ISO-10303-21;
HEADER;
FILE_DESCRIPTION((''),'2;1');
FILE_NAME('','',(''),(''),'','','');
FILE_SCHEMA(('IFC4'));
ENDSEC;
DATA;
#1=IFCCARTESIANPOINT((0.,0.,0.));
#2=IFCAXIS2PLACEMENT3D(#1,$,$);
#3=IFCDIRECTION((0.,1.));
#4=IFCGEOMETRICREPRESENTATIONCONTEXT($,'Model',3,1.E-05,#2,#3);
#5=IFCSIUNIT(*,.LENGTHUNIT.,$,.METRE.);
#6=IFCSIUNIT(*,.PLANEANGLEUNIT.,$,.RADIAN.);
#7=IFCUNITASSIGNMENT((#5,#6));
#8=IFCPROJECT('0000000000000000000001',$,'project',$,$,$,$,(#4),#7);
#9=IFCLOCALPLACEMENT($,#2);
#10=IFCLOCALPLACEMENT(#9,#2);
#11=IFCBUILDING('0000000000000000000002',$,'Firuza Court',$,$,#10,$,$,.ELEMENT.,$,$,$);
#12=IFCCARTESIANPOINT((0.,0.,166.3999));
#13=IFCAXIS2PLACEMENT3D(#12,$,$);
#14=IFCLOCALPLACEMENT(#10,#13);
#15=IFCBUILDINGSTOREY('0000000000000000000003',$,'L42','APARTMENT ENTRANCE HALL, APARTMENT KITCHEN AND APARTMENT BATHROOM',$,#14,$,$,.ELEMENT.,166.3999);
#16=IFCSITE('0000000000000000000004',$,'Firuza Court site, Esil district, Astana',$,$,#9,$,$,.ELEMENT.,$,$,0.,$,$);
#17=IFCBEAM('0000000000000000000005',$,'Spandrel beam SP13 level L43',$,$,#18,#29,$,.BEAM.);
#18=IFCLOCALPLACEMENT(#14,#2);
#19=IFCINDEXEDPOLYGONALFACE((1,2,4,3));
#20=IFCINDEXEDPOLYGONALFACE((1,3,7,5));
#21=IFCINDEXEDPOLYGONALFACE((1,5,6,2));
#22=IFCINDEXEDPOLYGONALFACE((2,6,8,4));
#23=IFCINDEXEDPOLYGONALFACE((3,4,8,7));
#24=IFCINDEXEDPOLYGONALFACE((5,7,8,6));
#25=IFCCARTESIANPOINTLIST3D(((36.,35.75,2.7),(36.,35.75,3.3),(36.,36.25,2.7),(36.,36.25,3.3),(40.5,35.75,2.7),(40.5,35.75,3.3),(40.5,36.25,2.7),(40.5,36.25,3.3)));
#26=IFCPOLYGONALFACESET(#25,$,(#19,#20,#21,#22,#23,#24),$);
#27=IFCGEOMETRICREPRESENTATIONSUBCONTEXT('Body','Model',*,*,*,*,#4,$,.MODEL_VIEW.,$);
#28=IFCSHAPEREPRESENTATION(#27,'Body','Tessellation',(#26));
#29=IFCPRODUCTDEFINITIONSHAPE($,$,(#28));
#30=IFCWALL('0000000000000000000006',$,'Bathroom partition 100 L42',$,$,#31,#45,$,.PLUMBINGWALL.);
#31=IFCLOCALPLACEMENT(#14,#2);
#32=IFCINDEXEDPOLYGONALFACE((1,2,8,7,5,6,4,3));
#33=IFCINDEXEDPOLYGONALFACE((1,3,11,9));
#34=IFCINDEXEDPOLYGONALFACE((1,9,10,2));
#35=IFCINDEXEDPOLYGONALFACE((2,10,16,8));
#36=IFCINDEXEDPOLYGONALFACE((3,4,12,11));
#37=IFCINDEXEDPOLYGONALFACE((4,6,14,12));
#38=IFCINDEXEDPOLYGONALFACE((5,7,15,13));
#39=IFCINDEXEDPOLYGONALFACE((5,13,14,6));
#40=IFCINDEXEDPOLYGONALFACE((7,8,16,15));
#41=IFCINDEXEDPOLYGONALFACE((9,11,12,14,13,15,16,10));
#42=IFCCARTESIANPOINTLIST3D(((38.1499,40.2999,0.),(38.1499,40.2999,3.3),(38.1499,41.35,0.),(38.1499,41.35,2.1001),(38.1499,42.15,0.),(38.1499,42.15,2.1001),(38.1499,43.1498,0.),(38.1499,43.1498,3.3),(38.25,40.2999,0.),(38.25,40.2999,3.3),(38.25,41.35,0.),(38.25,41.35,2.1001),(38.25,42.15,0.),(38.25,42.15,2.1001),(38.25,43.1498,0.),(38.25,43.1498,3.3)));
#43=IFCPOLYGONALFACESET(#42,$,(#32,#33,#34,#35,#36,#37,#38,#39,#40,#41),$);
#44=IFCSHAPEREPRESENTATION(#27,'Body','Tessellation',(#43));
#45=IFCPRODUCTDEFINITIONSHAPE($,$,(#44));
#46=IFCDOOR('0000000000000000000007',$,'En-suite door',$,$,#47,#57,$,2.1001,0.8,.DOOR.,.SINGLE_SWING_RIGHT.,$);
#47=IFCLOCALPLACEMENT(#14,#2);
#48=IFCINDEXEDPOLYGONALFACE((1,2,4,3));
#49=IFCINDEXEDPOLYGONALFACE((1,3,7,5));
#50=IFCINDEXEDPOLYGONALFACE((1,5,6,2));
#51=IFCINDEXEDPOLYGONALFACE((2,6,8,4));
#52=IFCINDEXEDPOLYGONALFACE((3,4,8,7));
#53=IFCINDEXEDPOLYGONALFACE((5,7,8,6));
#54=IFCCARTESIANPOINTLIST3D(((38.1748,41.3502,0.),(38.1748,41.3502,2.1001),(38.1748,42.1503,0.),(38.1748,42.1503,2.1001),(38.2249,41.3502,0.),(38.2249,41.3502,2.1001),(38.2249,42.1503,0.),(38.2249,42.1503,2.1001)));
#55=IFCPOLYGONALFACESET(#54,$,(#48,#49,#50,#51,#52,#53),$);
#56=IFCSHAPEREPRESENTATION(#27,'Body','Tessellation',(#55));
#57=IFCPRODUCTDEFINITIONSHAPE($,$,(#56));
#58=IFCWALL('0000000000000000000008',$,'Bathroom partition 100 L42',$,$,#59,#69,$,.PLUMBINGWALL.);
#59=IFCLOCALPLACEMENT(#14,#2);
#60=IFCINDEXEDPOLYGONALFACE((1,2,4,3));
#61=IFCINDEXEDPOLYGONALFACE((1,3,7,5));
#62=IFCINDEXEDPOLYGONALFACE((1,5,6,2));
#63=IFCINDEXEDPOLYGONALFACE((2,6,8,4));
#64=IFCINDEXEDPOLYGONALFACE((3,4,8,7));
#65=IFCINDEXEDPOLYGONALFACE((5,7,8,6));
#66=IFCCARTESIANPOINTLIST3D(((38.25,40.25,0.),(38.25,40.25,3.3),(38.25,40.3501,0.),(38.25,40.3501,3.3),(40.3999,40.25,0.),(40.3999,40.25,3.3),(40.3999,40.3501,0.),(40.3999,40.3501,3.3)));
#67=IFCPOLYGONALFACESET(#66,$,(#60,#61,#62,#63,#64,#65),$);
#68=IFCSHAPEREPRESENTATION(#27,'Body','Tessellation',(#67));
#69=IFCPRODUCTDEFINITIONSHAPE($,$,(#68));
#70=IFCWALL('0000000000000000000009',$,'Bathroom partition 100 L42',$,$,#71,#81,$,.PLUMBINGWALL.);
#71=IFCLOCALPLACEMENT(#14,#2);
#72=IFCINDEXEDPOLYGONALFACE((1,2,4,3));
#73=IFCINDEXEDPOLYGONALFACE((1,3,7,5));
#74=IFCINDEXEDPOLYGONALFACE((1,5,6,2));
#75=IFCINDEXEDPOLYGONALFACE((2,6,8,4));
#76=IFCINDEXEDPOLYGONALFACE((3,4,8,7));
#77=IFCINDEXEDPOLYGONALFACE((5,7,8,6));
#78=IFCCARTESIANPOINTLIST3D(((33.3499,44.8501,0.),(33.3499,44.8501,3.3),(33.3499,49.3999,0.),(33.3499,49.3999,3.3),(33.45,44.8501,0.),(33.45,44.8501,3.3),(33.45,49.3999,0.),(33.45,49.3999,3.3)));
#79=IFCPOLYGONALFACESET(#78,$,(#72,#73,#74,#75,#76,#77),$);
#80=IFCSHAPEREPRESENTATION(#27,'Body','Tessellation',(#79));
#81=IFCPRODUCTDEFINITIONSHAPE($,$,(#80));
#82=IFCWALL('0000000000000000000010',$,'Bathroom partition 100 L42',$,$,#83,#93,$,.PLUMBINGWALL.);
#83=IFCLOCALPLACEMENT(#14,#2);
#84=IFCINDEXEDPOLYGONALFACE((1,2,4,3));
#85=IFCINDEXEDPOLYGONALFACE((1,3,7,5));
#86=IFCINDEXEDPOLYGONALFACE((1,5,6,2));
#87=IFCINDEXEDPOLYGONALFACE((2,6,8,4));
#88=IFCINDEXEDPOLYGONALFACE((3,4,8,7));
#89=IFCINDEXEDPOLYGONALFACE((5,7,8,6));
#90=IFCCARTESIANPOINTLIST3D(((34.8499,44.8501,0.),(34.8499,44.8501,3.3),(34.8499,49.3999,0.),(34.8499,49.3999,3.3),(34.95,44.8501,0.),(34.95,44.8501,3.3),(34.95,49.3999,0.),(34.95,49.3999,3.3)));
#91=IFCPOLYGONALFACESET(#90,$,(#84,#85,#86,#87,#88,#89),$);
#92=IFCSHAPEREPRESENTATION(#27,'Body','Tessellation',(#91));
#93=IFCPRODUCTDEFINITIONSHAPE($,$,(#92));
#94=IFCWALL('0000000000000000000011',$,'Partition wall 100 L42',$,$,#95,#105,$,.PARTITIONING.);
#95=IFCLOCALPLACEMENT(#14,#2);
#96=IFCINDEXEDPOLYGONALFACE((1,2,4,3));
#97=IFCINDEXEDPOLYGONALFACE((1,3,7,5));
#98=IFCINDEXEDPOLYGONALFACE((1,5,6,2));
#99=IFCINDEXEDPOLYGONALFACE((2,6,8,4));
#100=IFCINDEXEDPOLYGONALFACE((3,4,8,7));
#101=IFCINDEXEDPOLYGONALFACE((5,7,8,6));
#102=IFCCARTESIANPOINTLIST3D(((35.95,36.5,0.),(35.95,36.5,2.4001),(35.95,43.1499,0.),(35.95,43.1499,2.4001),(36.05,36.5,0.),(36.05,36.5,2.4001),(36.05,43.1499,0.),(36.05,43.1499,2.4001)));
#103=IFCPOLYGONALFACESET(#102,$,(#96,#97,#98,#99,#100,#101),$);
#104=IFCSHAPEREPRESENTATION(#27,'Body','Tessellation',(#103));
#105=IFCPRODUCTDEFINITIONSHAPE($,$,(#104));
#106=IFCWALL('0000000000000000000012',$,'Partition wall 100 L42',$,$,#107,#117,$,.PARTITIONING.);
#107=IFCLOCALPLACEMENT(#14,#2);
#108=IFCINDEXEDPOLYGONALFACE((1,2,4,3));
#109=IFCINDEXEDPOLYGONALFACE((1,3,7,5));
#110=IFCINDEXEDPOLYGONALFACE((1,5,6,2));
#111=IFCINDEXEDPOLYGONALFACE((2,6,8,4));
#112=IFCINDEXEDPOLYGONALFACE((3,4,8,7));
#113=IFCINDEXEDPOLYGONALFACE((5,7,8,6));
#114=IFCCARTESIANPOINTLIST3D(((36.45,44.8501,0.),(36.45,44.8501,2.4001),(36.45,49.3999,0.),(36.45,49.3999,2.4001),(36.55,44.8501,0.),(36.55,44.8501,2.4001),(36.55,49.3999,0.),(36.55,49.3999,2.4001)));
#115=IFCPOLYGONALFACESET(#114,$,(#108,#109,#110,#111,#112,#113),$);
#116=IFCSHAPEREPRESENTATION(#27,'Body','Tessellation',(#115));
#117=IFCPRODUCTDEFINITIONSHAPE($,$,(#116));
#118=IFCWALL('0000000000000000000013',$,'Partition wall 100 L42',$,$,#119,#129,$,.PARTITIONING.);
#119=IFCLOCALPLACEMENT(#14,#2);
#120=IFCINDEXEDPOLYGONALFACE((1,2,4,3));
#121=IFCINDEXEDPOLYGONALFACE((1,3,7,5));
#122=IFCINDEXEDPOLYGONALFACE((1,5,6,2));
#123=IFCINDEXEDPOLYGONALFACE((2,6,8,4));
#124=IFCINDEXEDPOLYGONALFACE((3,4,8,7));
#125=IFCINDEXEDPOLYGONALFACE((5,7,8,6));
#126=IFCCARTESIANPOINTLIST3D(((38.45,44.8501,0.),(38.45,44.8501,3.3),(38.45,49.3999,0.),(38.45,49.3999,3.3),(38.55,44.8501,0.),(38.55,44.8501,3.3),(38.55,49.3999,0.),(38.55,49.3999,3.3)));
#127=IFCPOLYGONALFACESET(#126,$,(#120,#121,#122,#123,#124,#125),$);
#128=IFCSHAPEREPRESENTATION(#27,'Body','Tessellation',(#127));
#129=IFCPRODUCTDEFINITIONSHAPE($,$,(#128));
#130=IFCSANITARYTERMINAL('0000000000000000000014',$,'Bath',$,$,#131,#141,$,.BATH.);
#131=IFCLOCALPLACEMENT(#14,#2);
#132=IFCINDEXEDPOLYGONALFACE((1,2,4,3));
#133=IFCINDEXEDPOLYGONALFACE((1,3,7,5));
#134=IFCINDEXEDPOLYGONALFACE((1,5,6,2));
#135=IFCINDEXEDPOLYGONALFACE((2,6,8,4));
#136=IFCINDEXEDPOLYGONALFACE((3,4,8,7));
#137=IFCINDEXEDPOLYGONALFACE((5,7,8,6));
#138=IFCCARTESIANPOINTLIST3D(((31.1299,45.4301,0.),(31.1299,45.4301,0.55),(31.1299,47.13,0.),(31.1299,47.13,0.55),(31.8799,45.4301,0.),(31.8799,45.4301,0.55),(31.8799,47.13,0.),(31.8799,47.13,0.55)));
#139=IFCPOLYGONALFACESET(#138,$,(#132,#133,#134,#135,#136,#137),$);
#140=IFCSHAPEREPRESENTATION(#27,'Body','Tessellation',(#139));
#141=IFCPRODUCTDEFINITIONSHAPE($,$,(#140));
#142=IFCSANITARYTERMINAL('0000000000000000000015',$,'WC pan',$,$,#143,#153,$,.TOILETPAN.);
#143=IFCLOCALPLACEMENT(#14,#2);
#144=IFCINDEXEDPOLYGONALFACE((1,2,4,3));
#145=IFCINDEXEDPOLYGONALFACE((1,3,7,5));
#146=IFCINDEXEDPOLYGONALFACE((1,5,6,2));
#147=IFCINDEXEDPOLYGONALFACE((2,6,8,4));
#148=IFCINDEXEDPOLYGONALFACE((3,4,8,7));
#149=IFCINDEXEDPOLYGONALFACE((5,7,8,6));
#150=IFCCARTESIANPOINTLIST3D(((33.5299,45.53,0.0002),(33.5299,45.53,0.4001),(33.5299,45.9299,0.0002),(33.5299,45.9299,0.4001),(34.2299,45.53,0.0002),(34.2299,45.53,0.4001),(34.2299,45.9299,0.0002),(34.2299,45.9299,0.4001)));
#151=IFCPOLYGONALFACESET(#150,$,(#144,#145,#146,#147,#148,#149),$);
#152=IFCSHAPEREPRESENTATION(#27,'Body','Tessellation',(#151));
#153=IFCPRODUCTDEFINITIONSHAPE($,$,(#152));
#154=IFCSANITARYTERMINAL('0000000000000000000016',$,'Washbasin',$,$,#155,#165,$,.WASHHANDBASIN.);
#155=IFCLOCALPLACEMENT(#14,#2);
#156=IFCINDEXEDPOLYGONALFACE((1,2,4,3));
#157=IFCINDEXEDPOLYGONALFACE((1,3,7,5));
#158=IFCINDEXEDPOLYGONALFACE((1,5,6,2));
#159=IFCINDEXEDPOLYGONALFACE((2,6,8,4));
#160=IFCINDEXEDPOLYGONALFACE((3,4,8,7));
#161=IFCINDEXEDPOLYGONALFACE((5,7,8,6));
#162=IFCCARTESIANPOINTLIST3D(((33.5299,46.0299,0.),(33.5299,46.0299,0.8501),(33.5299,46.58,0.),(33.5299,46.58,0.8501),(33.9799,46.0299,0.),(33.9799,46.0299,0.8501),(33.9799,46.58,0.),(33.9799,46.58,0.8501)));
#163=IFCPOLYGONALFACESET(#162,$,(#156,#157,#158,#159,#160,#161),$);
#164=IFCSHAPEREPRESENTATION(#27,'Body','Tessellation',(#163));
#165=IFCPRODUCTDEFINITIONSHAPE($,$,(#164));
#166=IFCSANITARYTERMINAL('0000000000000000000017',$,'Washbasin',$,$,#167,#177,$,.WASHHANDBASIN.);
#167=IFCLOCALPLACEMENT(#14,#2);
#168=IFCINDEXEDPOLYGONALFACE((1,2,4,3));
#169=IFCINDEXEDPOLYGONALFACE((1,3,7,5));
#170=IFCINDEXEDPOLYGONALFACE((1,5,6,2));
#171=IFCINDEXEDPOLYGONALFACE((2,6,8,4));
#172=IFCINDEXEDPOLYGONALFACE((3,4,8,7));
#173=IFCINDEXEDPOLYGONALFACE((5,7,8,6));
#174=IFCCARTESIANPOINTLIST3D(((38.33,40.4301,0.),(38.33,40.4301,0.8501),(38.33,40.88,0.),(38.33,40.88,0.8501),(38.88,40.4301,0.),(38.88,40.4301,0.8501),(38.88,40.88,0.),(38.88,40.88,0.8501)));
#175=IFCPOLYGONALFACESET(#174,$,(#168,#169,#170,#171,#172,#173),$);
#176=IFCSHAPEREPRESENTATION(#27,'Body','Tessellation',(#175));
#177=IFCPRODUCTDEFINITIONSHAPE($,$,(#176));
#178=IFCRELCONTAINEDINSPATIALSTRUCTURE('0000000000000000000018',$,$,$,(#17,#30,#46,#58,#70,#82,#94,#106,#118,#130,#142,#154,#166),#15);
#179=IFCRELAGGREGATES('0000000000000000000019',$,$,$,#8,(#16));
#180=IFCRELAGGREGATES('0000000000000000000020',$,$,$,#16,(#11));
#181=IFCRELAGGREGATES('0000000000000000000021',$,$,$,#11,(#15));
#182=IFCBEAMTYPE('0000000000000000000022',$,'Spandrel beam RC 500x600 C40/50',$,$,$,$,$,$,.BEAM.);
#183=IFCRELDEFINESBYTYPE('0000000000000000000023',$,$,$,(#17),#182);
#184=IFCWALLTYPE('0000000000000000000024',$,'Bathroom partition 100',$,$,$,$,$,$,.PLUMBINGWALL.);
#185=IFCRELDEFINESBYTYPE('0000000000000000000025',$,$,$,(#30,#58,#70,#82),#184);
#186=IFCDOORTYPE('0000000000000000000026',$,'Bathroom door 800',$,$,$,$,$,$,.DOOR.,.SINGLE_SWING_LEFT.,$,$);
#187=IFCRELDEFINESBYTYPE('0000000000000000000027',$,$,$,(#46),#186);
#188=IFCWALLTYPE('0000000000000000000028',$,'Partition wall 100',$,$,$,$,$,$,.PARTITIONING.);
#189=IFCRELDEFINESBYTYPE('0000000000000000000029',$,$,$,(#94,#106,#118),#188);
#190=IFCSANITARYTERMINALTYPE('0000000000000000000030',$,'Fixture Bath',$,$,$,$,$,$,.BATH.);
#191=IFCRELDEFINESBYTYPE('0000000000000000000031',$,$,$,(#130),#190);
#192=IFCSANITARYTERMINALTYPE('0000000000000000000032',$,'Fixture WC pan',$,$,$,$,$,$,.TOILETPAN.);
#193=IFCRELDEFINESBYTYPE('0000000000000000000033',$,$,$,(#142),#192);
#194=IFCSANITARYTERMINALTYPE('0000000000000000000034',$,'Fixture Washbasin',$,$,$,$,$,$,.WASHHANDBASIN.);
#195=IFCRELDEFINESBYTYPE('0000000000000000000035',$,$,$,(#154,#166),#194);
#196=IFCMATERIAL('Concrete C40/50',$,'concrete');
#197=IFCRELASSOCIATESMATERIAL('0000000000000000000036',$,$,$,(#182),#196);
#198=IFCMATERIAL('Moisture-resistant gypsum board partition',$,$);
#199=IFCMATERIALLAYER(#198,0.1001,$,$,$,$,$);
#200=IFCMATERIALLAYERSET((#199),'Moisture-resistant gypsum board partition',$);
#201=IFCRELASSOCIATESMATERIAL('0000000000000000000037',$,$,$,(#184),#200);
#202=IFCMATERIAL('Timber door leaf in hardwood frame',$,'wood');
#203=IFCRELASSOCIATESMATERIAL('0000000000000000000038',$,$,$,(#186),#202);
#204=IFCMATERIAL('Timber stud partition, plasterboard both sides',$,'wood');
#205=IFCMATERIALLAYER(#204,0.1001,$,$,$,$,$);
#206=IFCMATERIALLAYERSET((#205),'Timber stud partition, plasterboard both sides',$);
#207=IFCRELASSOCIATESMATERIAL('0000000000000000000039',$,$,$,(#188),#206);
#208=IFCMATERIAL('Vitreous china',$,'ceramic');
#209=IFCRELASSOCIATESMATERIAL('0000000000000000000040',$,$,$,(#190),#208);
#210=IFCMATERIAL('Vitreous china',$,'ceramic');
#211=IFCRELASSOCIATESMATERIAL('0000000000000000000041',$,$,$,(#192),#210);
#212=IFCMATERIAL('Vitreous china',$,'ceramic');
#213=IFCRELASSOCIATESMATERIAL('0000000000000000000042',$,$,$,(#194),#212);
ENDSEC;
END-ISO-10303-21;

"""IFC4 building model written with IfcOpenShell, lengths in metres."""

from ifc_helpers import new_model, si_unit, direction, frame, frame_2d, origin, origin_2d, place, context, subcontext, project, spatial, rectangle, extrude, material, layer, layer_set, material_profile, profile_set, type_object, element, fill, save


model = new_model("IFC4")

# Units and contexts
model_context = context("Model", 3, precision=1e-05, world=origin(), true_north=direction((0.0, 1.0)))
body_context = subcontext(model_context, "Body", "Model", "MODEL_VIEW")
ifc_project = project(units=[si_unit("LENGTHUNIT", "METRE"), si_unit("PLANEANGLEUNIT", "RADIAN")], contexts=[model_context])

# Site, building, storey
site_placement = place(None, origin())
site = spatial("IfcSite", under=ifc_project, at=site_placement, Name="Firuza Court site, Esil district, Astana", CompositionType="ELEMENT", RefElevation=0.0)
building_placement = place(site_placement, origin())
building = spatial("IfcBuilding", under=site, at=building_placement, Name="Firuza Court", CompositionType="ELEMENT")
storey_placement = place(building_placement, frame((0.0, 0.0, 166.3999)))
storey = spatial("IfcBuildingStorey", under=building, at=storey_placement, Name="L42", Description="APARTMENT ENTRANCE HALL, APARTMENT KITCHEN AND APARTMENT BATHROOM", CompositionType="ELEMENT", Elevation=166.3999)

# Beam
ifc_material_1 = material(Name="Concrete C40/50", Category="concrete")
ifc_material_profile = material_profile(ifc_material_1, rectangle(XDim=0.5, YDim=0.6001, at=origin_2d()), Name="RC 500x600")
ifc_profile_set = profile_set([ifc_material_profile], Name="Concrete C40/50")
beam_type = type_object("IfcBeamType", Name="Spandrel beam RC 500x600 C40/50", PredefinedType="BEAM", material=ifc_profile_set)
beam_placement = place(storey_placement, frame((36.0, 36.0, 3.0), z_axis=(1.0, 0.0, 0.0), x_axis=(0.0, 1.0, 0.0)))
element("IfcBeam", 1, at=beam_placement, inside=storey, type_object=beam_type, Name="Spandrel beam SP13 level L43", PredefinedType="BEAM", context=body_context, shape_type="SweptSolid", body=[
    extrude(rectangle(XDim=0.5, YDim=0.6001, at=origin_2d()), origin(), (0.0, 0.0, 1.0), 4.5),
])

# Wall, opening, door
ifc_material_2 = material(Name="Moisture-resistant gypsum board partition")
ifc_layer_1 = layer(ifc_material_2, 0.1001)
ifc_layer_set_1 = layer_set([ifc_layer_1], Name="Moisture-resistant gypsum board partition")
wall_type_1 = type_object("IfcWallType", Name="Bathroom partition 100", PredefinedType="PLUMBINGWALL", material=ifc_layer_set_1)
wall_1_placement = place(storey_placement, frame((38.2, 40.3, 0.0), z_axis=(0.0, 0.0, 1.0), x_axis=(0.0, 1.0, 0.0)))
wall_1 = element("IfcWall", 2, at=wall_1_placement, inside=storey, type_object=wall_type_1, Name="Bathroom partition 100 L42", PredefinedType="PLUMBINGWALL", context=body_context, shape_type="SweptSolid", body=[
    extrude(rectangle(XDim=2.8499, YDim=0.1001, at=frame_2d((1.4248, 0.0))), origin(), (0.0, 0.0, 1.0), 3.3),
])
opening_placement = place(wall_1_placement, frame((1.05, 0.0, 0.0)))
opening = element("IfcOpeningElement", 3, at=opening_placement, cuts=wall_1, PredefinedType="OPENING", context=body_context, shape_type="SweptSolid", body=[
    extrude(rectangle(XDim=0.8, YDim=2.1001, at=frame_2d((0.3999, 1.05))), frame((0.0, 0.062, 0.0), z_axis=(0.0, -1.0, 0.0), x_axis=(1.0, 0.0, 0.0)), (0.0, 0.0, 1.0), 0.124),
])
ifc_material_3 = material(Name="Timber door leaf in hardwood frame", Category="wood")
door_type = type_object("IfcDoorType", Name="Bathroom door 800", OperationType="SINGLE_SWING_LEFT", PredefinedType="DOOR", material=ifc_material_3)
door_placement = place(opening_placement, frame((0.8, 0.0, 0.0), z_axis=(0.0, 0.0, 1.0), x_axis=(-1.0, 0.0, 0.0)))
door = element("IfcDoor", 4, at=door_placement, inside=storey, type_object=door_type, Name="En-suite door", OperationType="SINGLE_SWING_RIGHT", OverallHeight=2.1001, OverallWidth=0.8, PredefinedType="DOOR", context=body_context, shape_type="SweptSolid", body=[
    extrude(rectangle(XDim=0.8, YDim=2.1001, at=frame_2d((0.3999, 1.05))), frame((0.0, 0.0249, 0.0), z_axis=(0.0, -1.0, 0.0), x_axis=(1.0, 0.0, 0.0)), (0.0, 0.0, 1.0), 0.05),
])
fill(opening, door)

# Walls
wall_2_placement = place(storey_placement, frame((38.25, 40.3, 0.0), z_axis=(0.0, 0.0, 1.0), x_axis=(1.0, 0.0, 0.0)))
element("IfcWall", 5, at=wall_2_placement, inside=storey, type_object=wall_type_1, Name="Bathroom partition 100 L42", PredefinedType="PLUMBINGWALL", context=body_context, shape_type="SweptSolid", body=[
    extrude(rectangle(XDim=2.1499, YDim=0.1001, at=frame_2d((1.075, 0.0))), origin(), (0.0, 0.0, 1.0), 3.3),
])
for number, where, z_axis, x_axis, name in (
    (6, (33.3999, 44.8501, 0.0), (0.0, 0.0, 1.0), (0.0, 1.0, 0.0), "Bathroom partition 100 L42"),
    (7, (34.8999, 44.8501, 0.0), (0.0, 0.0, 1.0), (0.0, 1.0, 0.0), "Bathroom partition 100 L42"),
):
    element("IfcWall", number, at=place(storey_placement, frame(where, z_axis=z_axis, x_axis=x_axis)), inside=storey, type_object=wall_type_1, Name=name, PredefinedType="PLUMBINGWALL", context=body_context, shape_type="SweptSolid", body=[
        extrude(rectangle(XDim=4.5498, YDim=0.1001, at=frame_2d((2.2749, 0.0))), origin(), (0.0, 0.0, 1.0), 3.3),
    ])
ifc_material_4 = material(Name="Timber stud partition, plasterboard both sides", Category="wood")
ifc_layer_2 = layer(ifc_material_4, 0.1001)
ifc_layer_set_2 = layer_set([ifc_layer_2], Name="Timber stud partition, plasterboard both sides")
wall_type_2 = type_object("IfcWallType", Name="Partition wall 100", PredefinedType="PARTITIONING", material=ifc_layer_set_2)
wall_3_placement = place(storey_placement, frame((36.0, 36.5, 0.0), z_axis=(0.0, 0.0, 1.0), x_axis=(0.0, 1.0, 0.0)))
element("IfcWall", 8, at=wall_3_placement, inside=storey, type_object=wall_type_2, Name="Partition wall 100 L42", PredefinedType="PARTITIONING", context=body_context, shape_type="SweptSolid", body=[
    extrude(rectangle(XDim=6.6499, YDim=0.1001, at=frame_2d((3.325, 0.0))), origin(), (0.0, 0.0, 1.0), 2.4001),
])
wall_4_placement = place(storey_placement, frame((36.5, 44.8501, 0.0), z_axis=(0.0, 0.0, 1.0), x_axis=(0.0, 1.0, 0.0)))
element("IfcWall", 9, at=wall_4_placement, inside=storey, type_object=wall_type_2, Name="Partition wall 100 L42", PredefinedType="PARTITIONING", context=body_context, shape_type="SweptSolid", body=[
    extrude(rectangle(XDim=4.5498, YDim=0.1001, at=frame_2d((2.2749, 0.0))), origin(), (0.0, 0.0, 1.0), 2.4001),
])
wall_5_placement = place(storey_placement, frame((38.5, 44.8501, 0.0), z_axis=(0.0, 0.0, 1.0), x_axis=(0.0, 1.0, 0.0)))
element("IfcWall", 10, at=wall_5_placement, inside=storey, type_object=wall_type_2, Name="Partition wall 100 L42", PredefinedType="PARTITIONING", context=body_context, shape_type="SweptSolid", body=[
    extrude(rectangle(XDim=4.5498, YDim=0.1001, at=frame_2d((2.2749, 0.0))), origin(), (0.0, 0.0, 1.0), 3.3),
])

# Sanitary terminals
ifc_material_5 = material(Name="Vitreous china", Category="ceramic")
sanitary_terminal_type_1 = type_object("IfcSanitaryTerminalType", Name="Fixture Bath", PredefinedType="BATH", material=ifc_material_5)
sanitary_terminal_1_placement = place(storey_placement, frame((31.5049, 46.28, 0.0), z_axis=(0.0, 0.0, 1.0), x_axis=(1.0, 0.0, 0.0)))
element("IfcSanitaryTerminal", 11, at=sanitary_terminal_1_placement, inside=storey, type_object=sanitary_terminal_type_1, Name="Bath", PredefinedType="BATH", context=body_context, shape_type="SweptSolid", body=[
    extrude(rectangle(XDim=0.75, YDim=1.7, at=origin_2d()), origin(), (0.0, 0.0, 1.0), 0.55),
])
ifc_material_6 = material(Name="Vitreous china", Category="ceramic")
sanitary_terminal_type_2 = type_object("IfcSanitaryTerminalType", Name="Fixture WC pan", PredefinedType="TOILETPAN", material=ifc_material_6)
sanitary_terminal_2_placement = place(storey_placement, frame((33.8799, 45.73, 0.0002), z_axis=(0.0, 0.0, 1.0), x_axis=(1.0, 0.0, 0.0)))
element("IfcSanitaryTerminal", 12, at=sanitary_terminal_2_placement, inside=storey, type_object=sanitary_terminal_type_2, Name="WC pan", PredefinedType="TOILETPAN", context=body_context, shape_type="SweptSolid", body=[
    extrude(rectangle(XDim=0.7, YDim=0.3999, at=origin_2d()), origin(), (0.0, 0.0, 1.0), 0.3999),
])
ifc_material_7 = material(Name="Vitreous china", Category="ceramic")
sanitary_terminal_type_3 = type_object("IfcSanitaryTerminalType", Name="Fixture Washbasin", PredefinedType="WASHHANDBASIN", material=ifc_material_7)
sanitary_terminal_3_placement = place(storey_placement, frame((33.7549, 46.3049, 0.0), z_axis=(0.0, 0.0, 1.0), x_axis=(1.0, 0.0, 0.0)))
element("IfcSanitaryTerminal", 13, at=sanitary_terminal_3_placement, inside=storey, type_object=sanitary_terminal_type_3, Name="Washbasin", PredefinedType="WASHHANDBASIN", context=body_context, shape_type="SweptSolid", body=[
    extrude(rectangle(XDim=0.45, YDim=0.55, at=origin_2d()), origin(), (0.0, 0.0, 1.0), 0.8501),
])
sanitary_terminal_4_placement = place(storey_placement, frame((38.605, 40.655, 0.0), z_axis=(0.0, 0.0, 1.0), x_axis=(1.0, 0.0, 0.0)))
element("IfcSanitaryTerminal", 14, at=sanitary_terminal_4_placement, inside=storey, type_object=sanitary_terminal_type_3, Name="Washbasin", PredefinedType="WASHHANDBASIN", context=body_context, shape_type="SweptSolid", body=[
    extrude(rectangle(XDim=0.55, YDim=0.45, at=origin_2d()), origin(), (0.0, 0.0, 1.0), 0.8501),
])

save(model, "model.ifc")
